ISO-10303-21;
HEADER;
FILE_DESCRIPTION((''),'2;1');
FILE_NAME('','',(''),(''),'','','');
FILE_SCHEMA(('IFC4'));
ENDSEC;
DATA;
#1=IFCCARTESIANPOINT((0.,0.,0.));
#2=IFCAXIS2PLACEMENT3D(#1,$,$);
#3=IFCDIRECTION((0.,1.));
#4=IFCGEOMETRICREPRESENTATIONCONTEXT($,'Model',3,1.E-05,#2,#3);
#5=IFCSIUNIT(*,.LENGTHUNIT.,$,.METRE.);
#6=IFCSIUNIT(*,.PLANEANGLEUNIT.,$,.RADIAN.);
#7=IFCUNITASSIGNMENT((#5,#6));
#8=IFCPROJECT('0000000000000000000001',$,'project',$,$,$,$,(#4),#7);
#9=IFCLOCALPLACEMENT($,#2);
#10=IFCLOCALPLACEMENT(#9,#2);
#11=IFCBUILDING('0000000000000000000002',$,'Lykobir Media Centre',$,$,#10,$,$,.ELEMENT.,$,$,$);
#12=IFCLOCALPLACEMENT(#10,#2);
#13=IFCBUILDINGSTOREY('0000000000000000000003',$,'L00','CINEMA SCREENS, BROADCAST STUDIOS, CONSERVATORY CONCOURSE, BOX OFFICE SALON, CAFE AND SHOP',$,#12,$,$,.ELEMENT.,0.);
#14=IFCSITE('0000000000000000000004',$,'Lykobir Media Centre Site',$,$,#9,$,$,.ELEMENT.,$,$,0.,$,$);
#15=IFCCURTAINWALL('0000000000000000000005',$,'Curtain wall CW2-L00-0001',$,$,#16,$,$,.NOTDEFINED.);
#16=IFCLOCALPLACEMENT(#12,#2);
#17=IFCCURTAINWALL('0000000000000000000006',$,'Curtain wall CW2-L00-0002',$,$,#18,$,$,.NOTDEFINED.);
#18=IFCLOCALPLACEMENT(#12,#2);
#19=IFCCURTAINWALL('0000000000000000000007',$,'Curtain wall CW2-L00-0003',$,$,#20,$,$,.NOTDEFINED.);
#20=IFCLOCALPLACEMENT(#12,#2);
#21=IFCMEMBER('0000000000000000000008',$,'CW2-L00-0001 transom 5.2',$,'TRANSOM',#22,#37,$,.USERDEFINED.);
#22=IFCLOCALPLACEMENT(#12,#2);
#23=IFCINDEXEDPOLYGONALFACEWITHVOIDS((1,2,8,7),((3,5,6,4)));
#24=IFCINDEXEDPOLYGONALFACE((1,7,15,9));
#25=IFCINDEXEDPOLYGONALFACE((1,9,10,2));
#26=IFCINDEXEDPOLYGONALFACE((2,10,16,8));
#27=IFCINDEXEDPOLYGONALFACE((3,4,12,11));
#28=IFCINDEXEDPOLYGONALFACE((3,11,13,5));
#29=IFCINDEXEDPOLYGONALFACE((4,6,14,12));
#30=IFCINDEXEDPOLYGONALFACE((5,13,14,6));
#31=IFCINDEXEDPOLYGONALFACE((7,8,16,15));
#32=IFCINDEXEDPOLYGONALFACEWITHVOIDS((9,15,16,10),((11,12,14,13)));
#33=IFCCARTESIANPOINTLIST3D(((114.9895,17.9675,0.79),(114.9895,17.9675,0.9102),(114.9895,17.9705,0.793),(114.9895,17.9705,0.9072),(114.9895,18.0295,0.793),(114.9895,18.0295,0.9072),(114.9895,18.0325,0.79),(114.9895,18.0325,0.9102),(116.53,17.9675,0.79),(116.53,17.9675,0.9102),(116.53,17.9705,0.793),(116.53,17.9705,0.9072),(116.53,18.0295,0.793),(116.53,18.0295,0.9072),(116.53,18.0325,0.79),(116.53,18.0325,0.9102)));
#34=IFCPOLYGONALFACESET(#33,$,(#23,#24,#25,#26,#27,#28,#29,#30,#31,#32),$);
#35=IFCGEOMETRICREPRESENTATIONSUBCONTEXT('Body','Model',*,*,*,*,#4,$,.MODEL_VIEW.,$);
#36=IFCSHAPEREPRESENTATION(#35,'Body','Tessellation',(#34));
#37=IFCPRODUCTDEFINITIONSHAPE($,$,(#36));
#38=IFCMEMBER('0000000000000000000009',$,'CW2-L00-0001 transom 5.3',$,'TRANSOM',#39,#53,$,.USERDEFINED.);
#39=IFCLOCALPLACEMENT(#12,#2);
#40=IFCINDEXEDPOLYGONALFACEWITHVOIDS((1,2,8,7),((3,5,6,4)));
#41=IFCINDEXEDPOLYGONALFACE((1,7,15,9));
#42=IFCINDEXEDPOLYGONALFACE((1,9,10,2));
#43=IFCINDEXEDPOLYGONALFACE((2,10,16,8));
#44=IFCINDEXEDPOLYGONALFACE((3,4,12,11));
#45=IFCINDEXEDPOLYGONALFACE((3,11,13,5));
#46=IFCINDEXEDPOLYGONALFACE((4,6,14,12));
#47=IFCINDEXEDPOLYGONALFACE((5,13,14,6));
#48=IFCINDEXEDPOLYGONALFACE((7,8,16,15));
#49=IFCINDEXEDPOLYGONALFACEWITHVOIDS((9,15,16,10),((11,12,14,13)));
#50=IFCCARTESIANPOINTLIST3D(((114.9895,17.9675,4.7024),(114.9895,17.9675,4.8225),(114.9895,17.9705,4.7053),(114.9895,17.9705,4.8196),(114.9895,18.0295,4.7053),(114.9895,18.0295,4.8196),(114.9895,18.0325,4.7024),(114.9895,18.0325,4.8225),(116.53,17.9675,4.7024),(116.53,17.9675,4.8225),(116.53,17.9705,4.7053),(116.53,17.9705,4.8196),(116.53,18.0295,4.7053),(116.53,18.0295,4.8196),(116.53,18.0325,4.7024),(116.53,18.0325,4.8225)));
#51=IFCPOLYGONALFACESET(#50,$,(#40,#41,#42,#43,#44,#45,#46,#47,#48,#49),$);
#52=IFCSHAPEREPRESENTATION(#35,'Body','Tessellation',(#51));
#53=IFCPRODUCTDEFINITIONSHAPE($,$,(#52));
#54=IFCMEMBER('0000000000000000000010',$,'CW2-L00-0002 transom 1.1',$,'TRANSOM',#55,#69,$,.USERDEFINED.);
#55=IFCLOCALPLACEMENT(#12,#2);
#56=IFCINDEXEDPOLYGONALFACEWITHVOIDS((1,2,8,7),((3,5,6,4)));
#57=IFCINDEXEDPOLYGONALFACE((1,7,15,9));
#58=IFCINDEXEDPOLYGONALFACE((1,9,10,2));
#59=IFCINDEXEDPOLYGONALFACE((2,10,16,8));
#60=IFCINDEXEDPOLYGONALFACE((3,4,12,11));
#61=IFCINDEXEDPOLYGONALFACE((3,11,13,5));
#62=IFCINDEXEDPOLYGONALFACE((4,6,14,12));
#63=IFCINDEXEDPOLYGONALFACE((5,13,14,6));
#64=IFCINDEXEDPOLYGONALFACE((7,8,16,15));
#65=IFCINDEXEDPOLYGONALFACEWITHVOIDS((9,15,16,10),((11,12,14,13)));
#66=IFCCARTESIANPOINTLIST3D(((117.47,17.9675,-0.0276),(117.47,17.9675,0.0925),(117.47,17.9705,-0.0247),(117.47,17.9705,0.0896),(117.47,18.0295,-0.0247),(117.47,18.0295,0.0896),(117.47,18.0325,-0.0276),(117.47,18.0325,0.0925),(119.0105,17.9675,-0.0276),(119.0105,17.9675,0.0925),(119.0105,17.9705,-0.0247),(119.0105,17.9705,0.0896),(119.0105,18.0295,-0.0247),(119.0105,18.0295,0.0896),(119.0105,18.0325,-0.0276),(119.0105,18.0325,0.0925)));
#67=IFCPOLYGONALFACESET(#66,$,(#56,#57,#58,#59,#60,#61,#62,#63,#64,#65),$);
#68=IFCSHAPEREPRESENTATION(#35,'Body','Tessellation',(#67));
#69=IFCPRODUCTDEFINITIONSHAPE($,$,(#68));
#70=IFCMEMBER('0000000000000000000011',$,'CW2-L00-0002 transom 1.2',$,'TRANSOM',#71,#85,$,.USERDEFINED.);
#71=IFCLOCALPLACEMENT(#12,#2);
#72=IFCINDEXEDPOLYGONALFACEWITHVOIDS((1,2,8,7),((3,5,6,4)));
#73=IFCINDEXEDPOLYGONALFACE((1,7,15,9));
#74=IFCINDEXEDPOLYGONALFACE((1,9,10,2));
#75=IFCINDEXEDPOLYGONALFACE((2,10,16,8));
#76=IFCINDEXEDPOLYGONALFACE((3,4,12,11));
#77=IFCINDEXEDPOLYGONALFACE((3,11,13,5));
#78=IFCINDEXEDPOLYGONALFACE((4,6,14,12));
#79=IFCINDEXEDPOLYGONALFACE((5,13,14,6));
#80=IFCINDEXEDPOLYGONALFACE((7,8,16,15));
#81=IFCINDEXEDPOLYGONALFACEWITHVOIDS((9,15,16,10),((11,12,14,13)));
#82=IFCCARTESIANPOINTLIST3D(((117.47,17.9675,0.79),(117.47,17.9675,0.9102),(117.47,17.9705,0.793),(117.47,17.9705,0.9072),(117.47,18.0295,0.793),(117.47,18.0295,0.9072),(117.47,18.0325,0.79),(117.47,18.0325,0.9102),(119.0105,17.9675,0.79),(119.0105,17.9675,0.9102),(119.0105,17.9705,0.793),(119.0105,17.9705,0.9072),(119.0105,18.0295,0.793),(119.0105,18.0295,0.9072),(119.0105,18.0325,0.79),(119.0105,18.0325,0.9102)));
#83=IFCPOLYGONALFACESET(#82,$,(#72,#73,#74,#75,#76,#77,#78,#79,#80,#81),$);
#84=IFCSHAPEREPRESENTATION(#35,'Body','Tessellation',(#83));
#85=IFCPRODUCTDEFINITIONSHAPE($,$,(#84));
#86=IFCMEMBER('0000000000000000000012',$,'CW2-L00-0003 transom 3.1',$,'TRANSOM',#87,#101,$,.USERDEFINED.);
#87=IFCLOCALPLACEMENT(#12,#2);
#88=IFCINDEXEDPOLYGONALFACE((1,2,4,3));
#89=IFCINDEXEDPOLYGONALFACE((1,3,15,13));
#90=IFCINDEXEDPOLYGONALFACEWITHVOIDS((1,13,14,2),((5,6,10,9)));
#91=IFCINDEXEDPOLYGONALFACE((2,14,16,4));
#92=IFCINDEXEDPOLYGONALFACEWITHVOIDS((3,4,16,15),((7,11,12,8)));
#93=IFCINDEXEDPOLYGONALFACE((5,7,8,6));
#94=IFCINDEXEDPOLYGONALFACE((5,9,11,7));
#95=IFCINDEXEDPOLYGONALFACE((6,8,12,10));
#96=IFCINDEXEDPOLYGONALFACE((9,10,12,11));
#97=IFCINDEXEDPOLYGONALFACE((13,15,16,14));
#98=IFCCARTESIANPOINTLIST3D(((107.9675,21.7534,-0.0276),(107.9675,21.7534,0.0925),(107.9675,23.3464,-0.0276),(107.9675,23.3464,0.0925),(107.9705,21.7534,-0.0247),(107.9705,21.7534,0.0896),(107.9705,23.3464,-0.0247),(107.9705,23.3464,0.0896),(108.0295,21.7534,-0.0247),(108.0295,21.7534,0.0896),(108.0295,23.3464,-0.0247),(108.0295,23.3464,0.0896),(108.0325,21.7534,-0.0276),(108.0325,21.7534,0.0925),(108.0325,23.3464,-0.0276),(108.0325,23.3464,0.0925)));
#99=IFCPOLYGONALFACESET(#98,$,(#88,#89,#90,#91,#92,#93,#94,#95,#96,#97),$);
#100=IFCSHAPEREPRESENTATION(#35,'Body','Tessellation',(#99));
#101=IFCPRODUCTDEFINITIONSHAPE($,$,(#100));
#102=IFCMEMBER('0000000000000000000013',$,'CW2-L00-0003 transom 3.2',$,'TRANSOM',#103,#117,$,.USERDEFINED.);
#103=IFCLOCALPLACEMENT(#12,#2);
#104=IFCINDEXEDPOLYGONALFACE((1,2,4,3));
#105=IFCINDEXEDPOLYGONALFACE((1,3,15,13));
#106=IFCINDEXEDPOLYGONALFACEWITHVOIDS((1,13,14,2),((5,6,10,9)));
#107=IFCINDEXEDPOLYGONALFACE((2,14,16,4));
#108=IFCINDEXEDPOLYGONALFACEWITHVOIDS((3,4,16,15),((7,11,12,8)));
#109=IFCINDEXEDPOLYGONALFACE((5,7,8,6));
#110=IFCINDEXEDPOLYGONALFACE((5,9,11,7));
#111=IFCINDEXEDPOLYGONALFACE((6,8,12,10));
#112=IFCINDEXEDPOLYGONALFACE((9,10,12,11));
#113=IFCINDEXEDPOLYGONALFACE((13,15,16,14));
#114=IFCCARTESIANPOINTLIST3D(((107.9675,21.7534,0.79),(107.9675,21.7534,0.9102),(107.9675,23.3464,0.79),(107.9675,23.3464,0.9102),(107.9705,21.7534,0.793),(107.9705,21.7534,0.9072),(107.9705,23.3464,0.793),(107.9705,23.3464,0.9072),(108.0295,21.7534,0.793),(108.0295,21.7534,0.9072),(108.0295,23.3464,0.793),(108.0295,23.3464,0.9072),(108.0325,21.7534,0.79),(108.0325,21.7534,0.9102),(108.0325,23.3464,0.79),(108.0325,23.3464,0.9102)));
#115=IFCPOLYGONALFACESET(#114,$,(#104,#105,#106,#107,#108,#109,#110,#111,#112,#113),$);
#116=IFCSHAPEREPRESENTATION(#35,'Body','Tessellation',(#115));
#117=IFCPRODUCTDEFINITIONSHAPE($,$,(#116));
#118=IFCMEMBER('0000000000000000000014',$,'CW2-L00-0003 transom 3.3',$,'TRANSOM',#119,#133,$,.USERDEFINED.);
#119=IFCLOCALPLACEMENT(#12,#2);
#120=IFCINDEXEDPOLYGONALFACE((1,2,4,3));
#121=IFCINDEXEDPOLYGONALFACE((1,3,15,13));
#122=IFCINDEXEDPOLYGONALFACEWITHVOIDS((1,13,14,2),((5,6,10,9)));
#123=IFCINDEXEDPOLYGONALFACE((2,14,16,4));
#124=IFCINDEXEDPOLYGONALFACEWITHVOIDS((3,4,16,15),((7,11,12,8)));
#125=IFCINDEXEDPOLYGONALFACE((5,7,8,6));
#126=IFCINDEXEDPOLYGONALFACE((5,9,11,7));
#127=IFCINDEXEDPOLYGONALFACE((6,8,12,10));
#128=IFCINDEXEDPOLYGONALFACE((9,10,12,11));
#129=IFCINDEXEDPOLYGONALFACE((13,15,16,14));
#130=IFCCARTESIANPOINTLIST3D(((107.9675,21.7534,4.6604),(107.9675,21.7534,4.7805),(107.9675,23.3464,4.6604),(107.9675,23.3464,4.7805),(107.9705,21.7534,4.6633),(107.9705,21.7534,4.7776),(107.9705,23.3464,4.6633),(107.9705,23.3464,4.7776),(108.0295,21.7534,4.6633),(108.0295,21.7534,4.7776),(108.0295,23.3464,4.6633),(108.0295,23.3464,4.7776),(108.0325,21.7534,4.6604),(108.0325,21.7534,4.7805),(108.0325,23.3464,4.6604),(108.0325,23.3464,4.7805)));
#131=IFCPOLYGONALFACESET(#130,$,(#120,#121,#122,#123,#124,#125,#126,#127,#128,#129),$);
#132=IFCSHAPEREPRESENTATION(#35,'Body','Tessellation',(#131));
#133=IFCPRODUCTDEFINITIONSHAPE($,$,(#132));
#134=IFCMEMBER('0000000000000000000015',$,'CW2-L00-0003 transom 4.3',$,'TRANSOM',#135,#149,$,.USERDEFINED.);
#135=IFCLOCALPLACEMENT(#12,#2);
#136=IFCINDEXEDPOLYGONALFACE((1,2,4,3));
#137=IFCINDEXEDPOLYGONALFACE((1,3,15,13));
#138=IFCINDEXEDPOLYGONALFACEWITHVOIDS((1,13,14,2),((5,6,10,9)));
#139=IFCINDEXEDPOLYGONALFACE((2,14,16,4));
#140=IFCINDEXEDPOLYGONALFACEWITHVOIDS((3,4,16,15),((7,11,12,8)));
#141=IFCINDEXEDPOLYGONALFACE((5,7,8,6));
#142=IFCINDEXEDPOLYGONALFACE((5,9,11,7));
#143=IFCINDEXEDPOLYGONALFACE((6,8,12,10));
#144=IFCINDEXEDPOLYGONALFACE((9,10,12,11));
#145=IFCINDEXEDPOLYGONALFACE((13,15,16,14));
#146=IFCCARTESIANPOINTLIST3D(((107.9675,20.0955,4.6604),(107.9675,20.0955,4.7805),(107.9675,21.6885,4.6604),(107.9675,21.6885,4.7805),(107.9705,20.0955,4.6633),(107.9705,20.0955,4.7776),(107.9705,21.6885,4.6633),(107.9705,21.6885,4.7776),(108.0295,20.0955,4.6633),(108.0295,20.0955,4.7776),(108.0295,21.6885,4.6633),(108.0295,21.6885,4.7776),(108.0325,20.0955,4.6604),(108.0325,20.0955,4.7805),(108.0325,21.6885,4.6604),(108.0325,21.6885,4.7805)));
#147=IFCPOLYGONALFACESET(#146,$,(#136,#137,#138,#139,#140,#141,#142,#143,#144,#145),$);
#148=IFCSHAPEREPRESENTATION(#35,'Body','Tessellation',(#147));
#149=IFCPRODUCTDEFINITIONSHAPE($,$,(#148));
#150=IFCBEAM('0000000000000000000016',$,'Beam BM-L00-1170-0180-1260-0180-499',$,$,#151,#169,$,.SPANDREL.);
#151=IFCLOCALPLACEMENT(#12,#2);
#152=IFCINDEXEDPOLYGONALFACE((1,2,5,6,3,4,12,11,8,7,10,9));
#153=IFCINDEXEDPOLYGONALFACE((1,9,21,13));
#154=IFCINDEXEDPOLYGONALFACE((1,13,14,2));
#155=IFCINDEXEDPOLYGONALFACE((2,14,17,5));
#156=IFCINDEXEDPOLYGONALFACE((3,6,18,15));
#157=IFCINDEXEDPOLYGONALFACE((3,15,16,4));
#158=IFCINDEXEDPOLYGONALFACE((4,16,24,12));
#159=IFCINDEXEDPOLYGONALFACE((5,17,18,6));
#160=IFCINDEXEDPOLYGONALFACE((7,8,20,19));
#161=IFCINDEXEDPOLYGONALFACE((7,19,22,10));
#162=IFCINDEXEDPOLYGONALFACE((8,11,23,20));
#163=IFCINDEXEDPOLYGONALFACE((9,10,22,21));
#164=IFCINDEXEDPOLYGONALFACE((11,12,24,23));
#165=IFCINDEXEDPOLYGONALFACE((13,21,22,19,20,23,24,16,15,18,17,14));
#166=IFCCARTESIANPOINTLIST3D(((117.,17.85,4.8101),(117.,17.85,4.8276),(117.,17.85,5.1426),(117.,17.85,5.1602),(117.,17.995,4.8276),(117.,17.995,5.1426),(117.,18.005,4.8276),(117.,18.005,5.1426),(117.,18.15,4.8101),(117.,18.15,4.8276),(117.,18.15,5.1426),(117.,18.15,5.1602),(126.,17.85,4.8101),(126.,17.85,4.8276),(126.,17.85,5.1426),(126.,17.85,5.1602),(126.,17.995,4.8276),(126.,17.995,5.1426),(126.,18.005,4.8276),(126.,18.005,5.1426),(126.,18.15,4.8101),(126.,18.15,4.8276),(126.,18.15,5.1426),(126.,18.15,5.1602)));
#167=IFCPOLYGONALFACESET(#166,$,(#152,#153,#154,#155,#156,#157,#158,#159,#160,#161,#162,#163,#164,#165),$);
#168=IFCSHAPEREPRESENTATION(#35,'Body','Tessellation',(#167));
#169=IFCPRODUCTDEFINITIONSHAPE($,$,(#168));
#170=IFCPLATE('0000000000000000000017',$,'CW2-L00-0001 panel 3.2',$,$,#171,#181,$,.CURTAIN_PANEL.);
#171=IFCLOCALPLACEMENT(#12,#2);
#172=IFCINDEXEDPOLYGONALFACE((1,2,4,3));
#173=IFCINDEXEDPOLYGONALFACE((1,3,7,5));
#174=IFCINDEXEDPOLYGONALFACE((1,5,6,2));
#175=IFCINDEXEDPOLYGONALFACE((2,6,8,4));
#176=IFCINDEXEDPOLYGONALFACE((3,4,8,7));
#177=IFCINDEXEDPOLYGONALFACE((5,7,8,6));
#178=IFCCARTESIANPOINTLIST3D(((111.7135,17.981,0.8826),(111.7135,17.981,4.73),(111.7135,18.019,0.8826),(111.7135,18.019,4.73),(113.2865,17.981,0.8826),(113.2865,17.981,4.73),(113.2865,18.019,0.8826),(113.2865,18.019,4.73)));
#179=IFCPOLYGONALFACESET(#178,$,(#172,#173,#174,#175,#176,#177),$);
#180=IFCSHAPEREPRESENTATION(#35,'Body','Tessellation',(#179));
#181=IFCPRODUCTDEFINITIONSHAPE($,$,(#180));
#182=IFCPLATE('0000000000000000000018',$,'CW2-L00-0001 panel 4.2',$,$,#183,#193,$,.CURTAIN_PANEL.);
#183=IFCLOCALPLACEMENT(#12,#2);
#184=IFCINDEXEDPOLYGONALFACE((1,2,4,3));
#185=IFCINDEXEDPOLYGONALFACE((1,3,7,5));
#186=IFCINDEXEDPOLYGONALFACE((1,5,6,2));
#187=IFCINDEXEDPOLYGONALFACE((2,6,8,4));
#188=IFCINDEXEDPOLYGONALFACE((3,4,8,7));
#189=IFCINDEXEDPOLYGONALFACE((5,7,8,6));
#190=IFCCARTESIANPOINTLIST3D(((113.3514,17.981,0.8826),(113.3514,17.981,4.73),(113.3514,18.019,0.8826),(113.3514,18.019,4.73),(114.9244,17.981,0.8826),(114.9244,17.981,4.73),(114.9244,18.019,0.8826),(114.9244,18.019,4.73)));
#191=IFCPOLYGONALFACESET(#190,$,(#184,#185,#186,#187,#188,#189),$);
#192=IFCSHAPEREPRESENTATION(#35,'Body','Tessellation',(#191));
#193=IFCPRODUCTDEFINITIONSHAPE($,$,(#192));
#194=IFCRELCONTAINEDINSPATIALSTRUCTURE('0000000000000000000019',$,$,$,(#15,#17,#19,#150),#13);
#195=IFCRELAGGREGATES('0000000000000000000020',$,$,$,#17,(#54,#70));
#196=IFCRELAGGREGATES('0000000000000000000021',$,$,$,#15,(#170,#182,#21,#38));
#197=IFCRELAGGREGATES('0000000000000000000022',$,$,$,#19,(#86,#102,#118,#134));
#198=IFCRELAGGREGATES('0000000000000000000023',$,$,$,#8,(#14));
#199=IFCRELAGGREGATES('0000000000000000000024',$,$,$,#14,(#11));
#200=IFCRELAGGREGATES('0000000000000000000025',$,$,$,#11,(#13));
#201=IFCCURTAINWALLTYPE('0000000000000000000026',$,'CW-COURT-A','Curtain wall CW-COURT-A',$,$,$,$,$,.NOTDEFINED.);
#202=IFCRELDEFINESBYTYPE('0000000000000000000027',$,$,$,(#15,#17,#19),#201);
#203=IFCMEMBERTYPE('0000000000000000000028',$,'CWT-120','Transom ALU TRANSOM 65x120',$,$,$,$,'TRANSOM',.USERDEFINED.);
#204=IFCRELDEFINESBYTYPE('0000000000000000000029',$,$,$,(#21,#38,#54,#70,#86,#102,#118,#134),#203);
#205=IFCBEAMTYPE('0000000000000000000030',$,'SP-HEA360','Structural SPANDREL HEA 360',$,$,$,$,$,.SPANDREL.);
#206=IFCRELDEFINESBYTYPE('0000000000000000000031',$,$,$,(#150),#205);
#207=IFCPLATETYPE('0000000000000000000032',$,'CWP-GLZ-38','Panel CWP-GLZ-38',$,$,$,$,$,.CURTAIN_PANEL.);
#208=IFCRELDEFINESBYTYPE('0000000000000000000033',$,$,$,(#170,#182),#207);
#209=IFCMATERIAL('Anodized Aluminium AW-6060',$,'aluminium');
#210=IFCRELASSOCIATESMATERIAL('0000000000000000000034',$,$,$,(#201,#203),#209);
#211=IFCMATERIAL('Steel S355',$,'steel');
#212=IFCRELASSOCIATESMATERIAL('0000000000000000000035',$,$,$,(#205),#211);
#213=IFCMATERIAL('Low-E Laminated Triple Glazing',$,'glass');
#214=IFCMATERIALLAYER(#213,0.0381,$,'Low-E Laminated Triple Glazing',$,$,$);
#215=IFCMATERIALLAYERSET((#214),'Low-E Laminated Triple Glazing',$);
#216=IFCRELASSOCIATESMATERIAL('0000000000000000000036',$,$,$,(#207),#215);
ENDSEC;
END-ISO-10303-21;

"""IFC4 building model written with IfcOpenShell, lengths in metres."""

from ifc_helpers import new_model, si_unit, direction, frame, origin, origin_2d, place, context, subcontext, project, spatial, rectangle, hollow_rectangle, i_section, extrude, material, layer, layer_set, material_profile, profile_set, type_object, element, aggregate, save


model = new_model("IFC4")

# Units and contexts
model_context = context("Model", 3, precision=1e-05, world=origin(), true_north=direction((0.0, 1.0)))
body_context = subcontext(model_context, "Body", "Model", "MODEL_VIEW")
ifc_project = project(units=[si_unit("LENGTHUNIT", "METRE"), si_unit("PLANEANGLEUNIT", "RADIAN")], contexts=[model_context])

# Site, building, storey
site_placement = place(None, origin())
site = spatial("IfcSite", under=ifc_project, at=site_placement, Name="Lykobir Media Centre Site", CompositionType="ELEMENT", RefElevation=0.0)
building_placement = place(site_placement, origin())
building = spatial("IfcBuilding", under=site, at=building_placement, Name="Lykobir Media Centre", CompositionType="ELEMENT")
storey_placement = place(building_placement, origin())
storey = spatial("IfcBuildingStorey", under=building, at=storey_placement, Name="L00", Description="CINEMA SCREENS, BROADCAST STUDIOS, CONSERVATORY CONCOURSE, BOX OFFICE SALON, CAFE AND SHOP", CompositionType="ELEMENT", Elevation=0.0)

# Curtain wall
ifc_material_1 = material(Name="Anodized Aluminium AW-6060", Category="aluminium")
curtain_wall_type = type_object("IfcCurtainWallType", Name="CW-COURT-A", Description="Curtain wall CW-COURT-A", PredefinedType="NOTDEFINED", material=ifc_material_1)
curtain_wall_1_placement = place(storey_placement, origin())
curtain_wall_1 = element("IfcCurtainWall", 1, at=curtain_wall_1_placement, inside=storey, type_object=curtain_wall_type, Name="Curtain wall CW2-L00-0001", PredefinedType="NOTDEFINED")

# Curtain wall
curtain_wall_2_placement = place(storey_placement, origin())
curtain_wall_2 = element("IfcCurtainWall", 2, at=curtain_wall_2_placement, inside=storey, type_object=curtain_wall_type, Name="Curtain wall CW2-L00-0002", PredefinedType="NOTDEFINED")

# Curtain wall
curtain_wall_3_placement = place(storey_placement, origin())
curtain_wall_3 = element("IfcCurtainWall", 3, at=curtain_wall_3_placement, inside=storey, type_object=curtain_wall_type, Name="Curtain wall CW2-L00-0003", PredefinedType="NOTDEFINED")

# Members
ifc_material_profile_1 = material_profile(ifc_material_1, hollow_rectangle(XDim=0.0649, YDim=0.1201, WallThickness=0.0029, at=origin_2d()), Name="ALU TRANSOM 65x120")
ifc_profile_set_1 = profile_set([ifc_material_profile_1], Name="Anodized Aluminium AW-6060")
member_type_1 = type_object("IfcMemberType", Name="CWT-120", Description="Transom ALU TRANSOM 65x120", ElementType="TRANSOM", PredefinedType="USERDEFINED", material=ifc_profile_set_1)
member_1_placement = place(storey_placement, frame((114.9895, 18.0, 0.8501), z_axis=(1.0, 0.0, 0.0), x_axis=(0.0, 1.0, 0.0)))
member_1 = element("IfcMember", 4, at=member_1_placement, type_object=member_type_1, Name="CW2-L00-0001 transom 5.2", ObjectType="TRANSOM", PredefinedType="USERDEFINED", context=body_context, shape_type="SweptSolid", body=[
    extrude(hollow_rectangle(XDim=0.0649, YDim=0.1201, WallThickness=0.0029, at=origin_2d()), origin(), (0.0, 0.0, 1.0), 1.5405),
])
member_2_placement = place(storey_placement, frame((114.9895, 18.0, 4.7625), z_axis=(1.0, 0.0, 0.0), x_axis=(0.0, 1.0, 0.0)))
member_2 = element("IfcMember", 5, at=member_2_placement, type_object=member_type_1, Name="CW2-L00-0001 transom 5.3", ObjectType="TRANSOM", PredefinedType="USERDEFINED", context=body_context, shape_type="SweptSolid", body=[
    extrude(hollow_rectangle(XDim=0.0649, YDim=0.1201, WallThickness=0.0029, at=origin_2d()), origin(), (0.0, 0.0, 1.0), 1.5405),
])
member_3_placement = place(storey_placement, frame((117.47, 18.0, 0.0325), z_axis=(1.0, 0.0, 0.0), x_axis=(0.0, 1.0, 0.0)))
member_3 = element("IfcMember", 6, at=member_3_placement, type_object=member_type_1, Name="CW2-L00-0002 transom 1.1", ObjectType="TRANSOM", PredefinedType="USERDEFINED", context=body_context, shape_type="SweptSolid", body=[
    extrude(hollow_rectangle(XDim=0.0649, YDim=0.1201, WallThickness=0.0029, at=origin_2d()), origin(), (0.0, 0.0, 1.0), 1.5405),
])
member_4_placement = place(storey_placement, frame((117.47, 18.0, 0.8501), z_axis=(1.0, 0.0, 0.0), x_axis=(0.0, 1.0, 0.0)))
member_4 = element("IfcMember", 7, at=member_4_placement, type_object=member_type_1, Name="CW2-L00-0002 transom 1.2", ObjectType="TRANSOM", PredefinedType="USERDEFINED", context=body_context, shape_type="SweptSolid", body=[
    extrude(hollow_rectangle(XDim=0.0649, YDim=0.1201, WallThickness=0.0029, at=origin_2d()), origin(), (0.0, 0.0, 1.0), 1.5405),
])
aggregate(curtain_wall_2, [member_3, member_4])
member_5_placement = place(storey_placement, frame((108.0, 23.3464, 0.0325), z_axis=(0.0, -1.0, 0.0), x_axis=(1.0, 0.0, 0.0)))
member_5 = element("IfcMember", 8, at=member_5_placement, type_object=member_type_1, Name="CW2-L00-0003 transom 3.1", ObjectType="TRANSOM", PredefinedType="USERDEFINED", context=body_context, shape_type="SweptSolid", body=[
    extrude(hollow_rectangle(XDim=0.0649, YDim=0.1201, WallThickness=0.0029, at=origin_2d()), origin(), (0.0, 0.0, 1.0), 1.593),
])
member_6_placement = place(storey_placement, frame((108.0, 23.3464, 0.8501), z_axis=(0.0, -1.0, 0.0), x_axis=(1.0, 0.0, 0.0)))
member_6 = element("IfcMember", 9, at=member_6_placement, type_object=member_type_1, Name="CW2-L00-0003 transom 3.2", ObjectType="TRANSOM", PredefinedType="USERDEFINED", context=body_context, shape_type="SweptSolid", body=[
    extrude(hollow_rectangle(XDim=0.0649, YDim=0.1201, WallThickness=0.0029, at=origin_2d()), origin(), (0.0, 0.0, 1.0), 1.593),
])
member_7_placement = place(storey_placement, frame((108.0, 23.3464, 4.7205), z_axis=(0.0, -1.0, 0.0), x_axis=(1.0, 0.0, 0.0)))
member_7 = element("IfcMember", 10, at=member_7_placement, type_object=member_type_1, Name="CW2-L00-0003 transom 3.3", ObjectType="TRANSOM", PredefinedType="USERDEFINED", context=body_context, shape_type="SweptSolid", body=[
    extrude(hollow_rectangle(XDim=0.0649, YDim=0.1201, WallThickness=0.0029, at=origin_2d()), origin(), (0.0, 0.0, 1.0), 1.593),
])
member_8_placement = place(storey_placement, frame((108.0, 21.6885, 4.7205), z_axis=(0.0, -1.0, 0.0), x_axis=(1.0, 0.0, 0.0)))
member_8 = element("IfcMember", 11, at=member_8_placement, type_object=member_type_1, Name="CW2-L00-0003 transom 4.3", ObjectType="TRANSOM", PredefinedType="USERDEFINED", context=body_context, shape_type="SweptSolid", body=[
    extrude(hollow_rectangle(XDim=0.0649, YDim=0.1201, WallThickness=0.0029, at=origin_2d()), origin(), (0.0, 0.0, 1.0), 1.593),
])

# Beam
ifc_material_2 = material(Name="Steel S355", Category="steel")
ifc_material_profile_2 = material_profile(ifc_material_2, i_section(OverallWidth=0.3, OverallDepth=0.3501, WebThickness=0.01, FlangeThickness=0.0176, at=origin_2d()), Name="HEA 360")
ifc_profile_set_2 = profile_set([ifc_material_profile_2], Name="Steel S355")
beam_type = type_object("IfcBeamType", Name="SP-HEA360", Description="Structural SPANDREL HEA 360", PredefinedType="SPANDREL", material=ifc_profile_set_2)
beam_placement = place(storey_placement, frame((117.0, 18.0, 4.9851), z_axis=(1.0, 0.0, 0.0), x_axis=(0.0, 1.0, 0.0)))
element("IfcBeam", 12, at=beam_placement, inside=storey, type_object=beam_type, Name="Beam BM-L00-1170-0180-1260-0180-499", PredefinedType="SPANDREL", context=body_context, shape_type="SweptSolid", body=[
    extrude(i_section(OverallWidth=0.3, OverallDepth=0.3501, WebThickness=0.01, FlangeThickness=0.0176, at=origin_2d()), origin(), (0.0, 0.0, 1.0), 9.0),
])

# Plates
ifc_material_3 = material(Name="Low-E Laminated Triple Glazing", Category="glass")
ifc_layer_1 = layer(ifc_material_3, 0.0381, Name="Low-E Laminated Triple Glazing")
ifc_layer_set_1 = layer_set([ifc_layer_1], Name="Low-E Laminated Triple Glazing")
plate_type_1 = type_object("IfcPlateType", Name="CWP-GLZ-38", Description="Panel CWP-GLZ-38", PredefinedType="CURTAIN_PANEL", material=ifc_layer_set_1)
plate_1_placement = place(storey_placement, frame((112.5, 18.0, 0.8826), z_axis=(0.0, 0.0, 1.0), x_axis=(1.0, 0.0, 0.0)))
plate_1 = element("IfcPlate", 13, at=plate_1_placement, type_object=plate_type_1, Name="CW2-L00-0001 panel 3.2", PredefinedType="CURTAIN_PANEL", context=body_context, shape_type="SweptSolid", body=[
    extrude(rectangle(XDim=1.573, YDim=0.0381, at=origin_2d()), origin(), (0.0, 0.0, 1.0), 3.8474),
])
plate_2_placement = place(storey_placement, frame((114.1379, 18.0, 0.8826), z_axis=(0.0, 0.0, 1.0), x_axis=(1.0, 0.0, 0.0)))
plate_2 = element("IfcPlate", 14, at=plate_2_placement, type_object=plate_type_1, Name="CW2-L00-0001 panel 4.2", PredefinedType="CURTAIN_PANEL", context=body_context, shape_type="SweptSolid", body=[
    extrude(rectangle(XDim=1.573, YDim=0.0381, at=origin_2d()), origin(), (0.0, 0.0, 1.0), 3.8474),
])
aggregate(curtain_wall_1, [plate_1, plate_2, member_1, member_2])
aggregate(curtain_wall_3, [member_5, member_6, member_7, member_8])

save(model, "model.ifc")
